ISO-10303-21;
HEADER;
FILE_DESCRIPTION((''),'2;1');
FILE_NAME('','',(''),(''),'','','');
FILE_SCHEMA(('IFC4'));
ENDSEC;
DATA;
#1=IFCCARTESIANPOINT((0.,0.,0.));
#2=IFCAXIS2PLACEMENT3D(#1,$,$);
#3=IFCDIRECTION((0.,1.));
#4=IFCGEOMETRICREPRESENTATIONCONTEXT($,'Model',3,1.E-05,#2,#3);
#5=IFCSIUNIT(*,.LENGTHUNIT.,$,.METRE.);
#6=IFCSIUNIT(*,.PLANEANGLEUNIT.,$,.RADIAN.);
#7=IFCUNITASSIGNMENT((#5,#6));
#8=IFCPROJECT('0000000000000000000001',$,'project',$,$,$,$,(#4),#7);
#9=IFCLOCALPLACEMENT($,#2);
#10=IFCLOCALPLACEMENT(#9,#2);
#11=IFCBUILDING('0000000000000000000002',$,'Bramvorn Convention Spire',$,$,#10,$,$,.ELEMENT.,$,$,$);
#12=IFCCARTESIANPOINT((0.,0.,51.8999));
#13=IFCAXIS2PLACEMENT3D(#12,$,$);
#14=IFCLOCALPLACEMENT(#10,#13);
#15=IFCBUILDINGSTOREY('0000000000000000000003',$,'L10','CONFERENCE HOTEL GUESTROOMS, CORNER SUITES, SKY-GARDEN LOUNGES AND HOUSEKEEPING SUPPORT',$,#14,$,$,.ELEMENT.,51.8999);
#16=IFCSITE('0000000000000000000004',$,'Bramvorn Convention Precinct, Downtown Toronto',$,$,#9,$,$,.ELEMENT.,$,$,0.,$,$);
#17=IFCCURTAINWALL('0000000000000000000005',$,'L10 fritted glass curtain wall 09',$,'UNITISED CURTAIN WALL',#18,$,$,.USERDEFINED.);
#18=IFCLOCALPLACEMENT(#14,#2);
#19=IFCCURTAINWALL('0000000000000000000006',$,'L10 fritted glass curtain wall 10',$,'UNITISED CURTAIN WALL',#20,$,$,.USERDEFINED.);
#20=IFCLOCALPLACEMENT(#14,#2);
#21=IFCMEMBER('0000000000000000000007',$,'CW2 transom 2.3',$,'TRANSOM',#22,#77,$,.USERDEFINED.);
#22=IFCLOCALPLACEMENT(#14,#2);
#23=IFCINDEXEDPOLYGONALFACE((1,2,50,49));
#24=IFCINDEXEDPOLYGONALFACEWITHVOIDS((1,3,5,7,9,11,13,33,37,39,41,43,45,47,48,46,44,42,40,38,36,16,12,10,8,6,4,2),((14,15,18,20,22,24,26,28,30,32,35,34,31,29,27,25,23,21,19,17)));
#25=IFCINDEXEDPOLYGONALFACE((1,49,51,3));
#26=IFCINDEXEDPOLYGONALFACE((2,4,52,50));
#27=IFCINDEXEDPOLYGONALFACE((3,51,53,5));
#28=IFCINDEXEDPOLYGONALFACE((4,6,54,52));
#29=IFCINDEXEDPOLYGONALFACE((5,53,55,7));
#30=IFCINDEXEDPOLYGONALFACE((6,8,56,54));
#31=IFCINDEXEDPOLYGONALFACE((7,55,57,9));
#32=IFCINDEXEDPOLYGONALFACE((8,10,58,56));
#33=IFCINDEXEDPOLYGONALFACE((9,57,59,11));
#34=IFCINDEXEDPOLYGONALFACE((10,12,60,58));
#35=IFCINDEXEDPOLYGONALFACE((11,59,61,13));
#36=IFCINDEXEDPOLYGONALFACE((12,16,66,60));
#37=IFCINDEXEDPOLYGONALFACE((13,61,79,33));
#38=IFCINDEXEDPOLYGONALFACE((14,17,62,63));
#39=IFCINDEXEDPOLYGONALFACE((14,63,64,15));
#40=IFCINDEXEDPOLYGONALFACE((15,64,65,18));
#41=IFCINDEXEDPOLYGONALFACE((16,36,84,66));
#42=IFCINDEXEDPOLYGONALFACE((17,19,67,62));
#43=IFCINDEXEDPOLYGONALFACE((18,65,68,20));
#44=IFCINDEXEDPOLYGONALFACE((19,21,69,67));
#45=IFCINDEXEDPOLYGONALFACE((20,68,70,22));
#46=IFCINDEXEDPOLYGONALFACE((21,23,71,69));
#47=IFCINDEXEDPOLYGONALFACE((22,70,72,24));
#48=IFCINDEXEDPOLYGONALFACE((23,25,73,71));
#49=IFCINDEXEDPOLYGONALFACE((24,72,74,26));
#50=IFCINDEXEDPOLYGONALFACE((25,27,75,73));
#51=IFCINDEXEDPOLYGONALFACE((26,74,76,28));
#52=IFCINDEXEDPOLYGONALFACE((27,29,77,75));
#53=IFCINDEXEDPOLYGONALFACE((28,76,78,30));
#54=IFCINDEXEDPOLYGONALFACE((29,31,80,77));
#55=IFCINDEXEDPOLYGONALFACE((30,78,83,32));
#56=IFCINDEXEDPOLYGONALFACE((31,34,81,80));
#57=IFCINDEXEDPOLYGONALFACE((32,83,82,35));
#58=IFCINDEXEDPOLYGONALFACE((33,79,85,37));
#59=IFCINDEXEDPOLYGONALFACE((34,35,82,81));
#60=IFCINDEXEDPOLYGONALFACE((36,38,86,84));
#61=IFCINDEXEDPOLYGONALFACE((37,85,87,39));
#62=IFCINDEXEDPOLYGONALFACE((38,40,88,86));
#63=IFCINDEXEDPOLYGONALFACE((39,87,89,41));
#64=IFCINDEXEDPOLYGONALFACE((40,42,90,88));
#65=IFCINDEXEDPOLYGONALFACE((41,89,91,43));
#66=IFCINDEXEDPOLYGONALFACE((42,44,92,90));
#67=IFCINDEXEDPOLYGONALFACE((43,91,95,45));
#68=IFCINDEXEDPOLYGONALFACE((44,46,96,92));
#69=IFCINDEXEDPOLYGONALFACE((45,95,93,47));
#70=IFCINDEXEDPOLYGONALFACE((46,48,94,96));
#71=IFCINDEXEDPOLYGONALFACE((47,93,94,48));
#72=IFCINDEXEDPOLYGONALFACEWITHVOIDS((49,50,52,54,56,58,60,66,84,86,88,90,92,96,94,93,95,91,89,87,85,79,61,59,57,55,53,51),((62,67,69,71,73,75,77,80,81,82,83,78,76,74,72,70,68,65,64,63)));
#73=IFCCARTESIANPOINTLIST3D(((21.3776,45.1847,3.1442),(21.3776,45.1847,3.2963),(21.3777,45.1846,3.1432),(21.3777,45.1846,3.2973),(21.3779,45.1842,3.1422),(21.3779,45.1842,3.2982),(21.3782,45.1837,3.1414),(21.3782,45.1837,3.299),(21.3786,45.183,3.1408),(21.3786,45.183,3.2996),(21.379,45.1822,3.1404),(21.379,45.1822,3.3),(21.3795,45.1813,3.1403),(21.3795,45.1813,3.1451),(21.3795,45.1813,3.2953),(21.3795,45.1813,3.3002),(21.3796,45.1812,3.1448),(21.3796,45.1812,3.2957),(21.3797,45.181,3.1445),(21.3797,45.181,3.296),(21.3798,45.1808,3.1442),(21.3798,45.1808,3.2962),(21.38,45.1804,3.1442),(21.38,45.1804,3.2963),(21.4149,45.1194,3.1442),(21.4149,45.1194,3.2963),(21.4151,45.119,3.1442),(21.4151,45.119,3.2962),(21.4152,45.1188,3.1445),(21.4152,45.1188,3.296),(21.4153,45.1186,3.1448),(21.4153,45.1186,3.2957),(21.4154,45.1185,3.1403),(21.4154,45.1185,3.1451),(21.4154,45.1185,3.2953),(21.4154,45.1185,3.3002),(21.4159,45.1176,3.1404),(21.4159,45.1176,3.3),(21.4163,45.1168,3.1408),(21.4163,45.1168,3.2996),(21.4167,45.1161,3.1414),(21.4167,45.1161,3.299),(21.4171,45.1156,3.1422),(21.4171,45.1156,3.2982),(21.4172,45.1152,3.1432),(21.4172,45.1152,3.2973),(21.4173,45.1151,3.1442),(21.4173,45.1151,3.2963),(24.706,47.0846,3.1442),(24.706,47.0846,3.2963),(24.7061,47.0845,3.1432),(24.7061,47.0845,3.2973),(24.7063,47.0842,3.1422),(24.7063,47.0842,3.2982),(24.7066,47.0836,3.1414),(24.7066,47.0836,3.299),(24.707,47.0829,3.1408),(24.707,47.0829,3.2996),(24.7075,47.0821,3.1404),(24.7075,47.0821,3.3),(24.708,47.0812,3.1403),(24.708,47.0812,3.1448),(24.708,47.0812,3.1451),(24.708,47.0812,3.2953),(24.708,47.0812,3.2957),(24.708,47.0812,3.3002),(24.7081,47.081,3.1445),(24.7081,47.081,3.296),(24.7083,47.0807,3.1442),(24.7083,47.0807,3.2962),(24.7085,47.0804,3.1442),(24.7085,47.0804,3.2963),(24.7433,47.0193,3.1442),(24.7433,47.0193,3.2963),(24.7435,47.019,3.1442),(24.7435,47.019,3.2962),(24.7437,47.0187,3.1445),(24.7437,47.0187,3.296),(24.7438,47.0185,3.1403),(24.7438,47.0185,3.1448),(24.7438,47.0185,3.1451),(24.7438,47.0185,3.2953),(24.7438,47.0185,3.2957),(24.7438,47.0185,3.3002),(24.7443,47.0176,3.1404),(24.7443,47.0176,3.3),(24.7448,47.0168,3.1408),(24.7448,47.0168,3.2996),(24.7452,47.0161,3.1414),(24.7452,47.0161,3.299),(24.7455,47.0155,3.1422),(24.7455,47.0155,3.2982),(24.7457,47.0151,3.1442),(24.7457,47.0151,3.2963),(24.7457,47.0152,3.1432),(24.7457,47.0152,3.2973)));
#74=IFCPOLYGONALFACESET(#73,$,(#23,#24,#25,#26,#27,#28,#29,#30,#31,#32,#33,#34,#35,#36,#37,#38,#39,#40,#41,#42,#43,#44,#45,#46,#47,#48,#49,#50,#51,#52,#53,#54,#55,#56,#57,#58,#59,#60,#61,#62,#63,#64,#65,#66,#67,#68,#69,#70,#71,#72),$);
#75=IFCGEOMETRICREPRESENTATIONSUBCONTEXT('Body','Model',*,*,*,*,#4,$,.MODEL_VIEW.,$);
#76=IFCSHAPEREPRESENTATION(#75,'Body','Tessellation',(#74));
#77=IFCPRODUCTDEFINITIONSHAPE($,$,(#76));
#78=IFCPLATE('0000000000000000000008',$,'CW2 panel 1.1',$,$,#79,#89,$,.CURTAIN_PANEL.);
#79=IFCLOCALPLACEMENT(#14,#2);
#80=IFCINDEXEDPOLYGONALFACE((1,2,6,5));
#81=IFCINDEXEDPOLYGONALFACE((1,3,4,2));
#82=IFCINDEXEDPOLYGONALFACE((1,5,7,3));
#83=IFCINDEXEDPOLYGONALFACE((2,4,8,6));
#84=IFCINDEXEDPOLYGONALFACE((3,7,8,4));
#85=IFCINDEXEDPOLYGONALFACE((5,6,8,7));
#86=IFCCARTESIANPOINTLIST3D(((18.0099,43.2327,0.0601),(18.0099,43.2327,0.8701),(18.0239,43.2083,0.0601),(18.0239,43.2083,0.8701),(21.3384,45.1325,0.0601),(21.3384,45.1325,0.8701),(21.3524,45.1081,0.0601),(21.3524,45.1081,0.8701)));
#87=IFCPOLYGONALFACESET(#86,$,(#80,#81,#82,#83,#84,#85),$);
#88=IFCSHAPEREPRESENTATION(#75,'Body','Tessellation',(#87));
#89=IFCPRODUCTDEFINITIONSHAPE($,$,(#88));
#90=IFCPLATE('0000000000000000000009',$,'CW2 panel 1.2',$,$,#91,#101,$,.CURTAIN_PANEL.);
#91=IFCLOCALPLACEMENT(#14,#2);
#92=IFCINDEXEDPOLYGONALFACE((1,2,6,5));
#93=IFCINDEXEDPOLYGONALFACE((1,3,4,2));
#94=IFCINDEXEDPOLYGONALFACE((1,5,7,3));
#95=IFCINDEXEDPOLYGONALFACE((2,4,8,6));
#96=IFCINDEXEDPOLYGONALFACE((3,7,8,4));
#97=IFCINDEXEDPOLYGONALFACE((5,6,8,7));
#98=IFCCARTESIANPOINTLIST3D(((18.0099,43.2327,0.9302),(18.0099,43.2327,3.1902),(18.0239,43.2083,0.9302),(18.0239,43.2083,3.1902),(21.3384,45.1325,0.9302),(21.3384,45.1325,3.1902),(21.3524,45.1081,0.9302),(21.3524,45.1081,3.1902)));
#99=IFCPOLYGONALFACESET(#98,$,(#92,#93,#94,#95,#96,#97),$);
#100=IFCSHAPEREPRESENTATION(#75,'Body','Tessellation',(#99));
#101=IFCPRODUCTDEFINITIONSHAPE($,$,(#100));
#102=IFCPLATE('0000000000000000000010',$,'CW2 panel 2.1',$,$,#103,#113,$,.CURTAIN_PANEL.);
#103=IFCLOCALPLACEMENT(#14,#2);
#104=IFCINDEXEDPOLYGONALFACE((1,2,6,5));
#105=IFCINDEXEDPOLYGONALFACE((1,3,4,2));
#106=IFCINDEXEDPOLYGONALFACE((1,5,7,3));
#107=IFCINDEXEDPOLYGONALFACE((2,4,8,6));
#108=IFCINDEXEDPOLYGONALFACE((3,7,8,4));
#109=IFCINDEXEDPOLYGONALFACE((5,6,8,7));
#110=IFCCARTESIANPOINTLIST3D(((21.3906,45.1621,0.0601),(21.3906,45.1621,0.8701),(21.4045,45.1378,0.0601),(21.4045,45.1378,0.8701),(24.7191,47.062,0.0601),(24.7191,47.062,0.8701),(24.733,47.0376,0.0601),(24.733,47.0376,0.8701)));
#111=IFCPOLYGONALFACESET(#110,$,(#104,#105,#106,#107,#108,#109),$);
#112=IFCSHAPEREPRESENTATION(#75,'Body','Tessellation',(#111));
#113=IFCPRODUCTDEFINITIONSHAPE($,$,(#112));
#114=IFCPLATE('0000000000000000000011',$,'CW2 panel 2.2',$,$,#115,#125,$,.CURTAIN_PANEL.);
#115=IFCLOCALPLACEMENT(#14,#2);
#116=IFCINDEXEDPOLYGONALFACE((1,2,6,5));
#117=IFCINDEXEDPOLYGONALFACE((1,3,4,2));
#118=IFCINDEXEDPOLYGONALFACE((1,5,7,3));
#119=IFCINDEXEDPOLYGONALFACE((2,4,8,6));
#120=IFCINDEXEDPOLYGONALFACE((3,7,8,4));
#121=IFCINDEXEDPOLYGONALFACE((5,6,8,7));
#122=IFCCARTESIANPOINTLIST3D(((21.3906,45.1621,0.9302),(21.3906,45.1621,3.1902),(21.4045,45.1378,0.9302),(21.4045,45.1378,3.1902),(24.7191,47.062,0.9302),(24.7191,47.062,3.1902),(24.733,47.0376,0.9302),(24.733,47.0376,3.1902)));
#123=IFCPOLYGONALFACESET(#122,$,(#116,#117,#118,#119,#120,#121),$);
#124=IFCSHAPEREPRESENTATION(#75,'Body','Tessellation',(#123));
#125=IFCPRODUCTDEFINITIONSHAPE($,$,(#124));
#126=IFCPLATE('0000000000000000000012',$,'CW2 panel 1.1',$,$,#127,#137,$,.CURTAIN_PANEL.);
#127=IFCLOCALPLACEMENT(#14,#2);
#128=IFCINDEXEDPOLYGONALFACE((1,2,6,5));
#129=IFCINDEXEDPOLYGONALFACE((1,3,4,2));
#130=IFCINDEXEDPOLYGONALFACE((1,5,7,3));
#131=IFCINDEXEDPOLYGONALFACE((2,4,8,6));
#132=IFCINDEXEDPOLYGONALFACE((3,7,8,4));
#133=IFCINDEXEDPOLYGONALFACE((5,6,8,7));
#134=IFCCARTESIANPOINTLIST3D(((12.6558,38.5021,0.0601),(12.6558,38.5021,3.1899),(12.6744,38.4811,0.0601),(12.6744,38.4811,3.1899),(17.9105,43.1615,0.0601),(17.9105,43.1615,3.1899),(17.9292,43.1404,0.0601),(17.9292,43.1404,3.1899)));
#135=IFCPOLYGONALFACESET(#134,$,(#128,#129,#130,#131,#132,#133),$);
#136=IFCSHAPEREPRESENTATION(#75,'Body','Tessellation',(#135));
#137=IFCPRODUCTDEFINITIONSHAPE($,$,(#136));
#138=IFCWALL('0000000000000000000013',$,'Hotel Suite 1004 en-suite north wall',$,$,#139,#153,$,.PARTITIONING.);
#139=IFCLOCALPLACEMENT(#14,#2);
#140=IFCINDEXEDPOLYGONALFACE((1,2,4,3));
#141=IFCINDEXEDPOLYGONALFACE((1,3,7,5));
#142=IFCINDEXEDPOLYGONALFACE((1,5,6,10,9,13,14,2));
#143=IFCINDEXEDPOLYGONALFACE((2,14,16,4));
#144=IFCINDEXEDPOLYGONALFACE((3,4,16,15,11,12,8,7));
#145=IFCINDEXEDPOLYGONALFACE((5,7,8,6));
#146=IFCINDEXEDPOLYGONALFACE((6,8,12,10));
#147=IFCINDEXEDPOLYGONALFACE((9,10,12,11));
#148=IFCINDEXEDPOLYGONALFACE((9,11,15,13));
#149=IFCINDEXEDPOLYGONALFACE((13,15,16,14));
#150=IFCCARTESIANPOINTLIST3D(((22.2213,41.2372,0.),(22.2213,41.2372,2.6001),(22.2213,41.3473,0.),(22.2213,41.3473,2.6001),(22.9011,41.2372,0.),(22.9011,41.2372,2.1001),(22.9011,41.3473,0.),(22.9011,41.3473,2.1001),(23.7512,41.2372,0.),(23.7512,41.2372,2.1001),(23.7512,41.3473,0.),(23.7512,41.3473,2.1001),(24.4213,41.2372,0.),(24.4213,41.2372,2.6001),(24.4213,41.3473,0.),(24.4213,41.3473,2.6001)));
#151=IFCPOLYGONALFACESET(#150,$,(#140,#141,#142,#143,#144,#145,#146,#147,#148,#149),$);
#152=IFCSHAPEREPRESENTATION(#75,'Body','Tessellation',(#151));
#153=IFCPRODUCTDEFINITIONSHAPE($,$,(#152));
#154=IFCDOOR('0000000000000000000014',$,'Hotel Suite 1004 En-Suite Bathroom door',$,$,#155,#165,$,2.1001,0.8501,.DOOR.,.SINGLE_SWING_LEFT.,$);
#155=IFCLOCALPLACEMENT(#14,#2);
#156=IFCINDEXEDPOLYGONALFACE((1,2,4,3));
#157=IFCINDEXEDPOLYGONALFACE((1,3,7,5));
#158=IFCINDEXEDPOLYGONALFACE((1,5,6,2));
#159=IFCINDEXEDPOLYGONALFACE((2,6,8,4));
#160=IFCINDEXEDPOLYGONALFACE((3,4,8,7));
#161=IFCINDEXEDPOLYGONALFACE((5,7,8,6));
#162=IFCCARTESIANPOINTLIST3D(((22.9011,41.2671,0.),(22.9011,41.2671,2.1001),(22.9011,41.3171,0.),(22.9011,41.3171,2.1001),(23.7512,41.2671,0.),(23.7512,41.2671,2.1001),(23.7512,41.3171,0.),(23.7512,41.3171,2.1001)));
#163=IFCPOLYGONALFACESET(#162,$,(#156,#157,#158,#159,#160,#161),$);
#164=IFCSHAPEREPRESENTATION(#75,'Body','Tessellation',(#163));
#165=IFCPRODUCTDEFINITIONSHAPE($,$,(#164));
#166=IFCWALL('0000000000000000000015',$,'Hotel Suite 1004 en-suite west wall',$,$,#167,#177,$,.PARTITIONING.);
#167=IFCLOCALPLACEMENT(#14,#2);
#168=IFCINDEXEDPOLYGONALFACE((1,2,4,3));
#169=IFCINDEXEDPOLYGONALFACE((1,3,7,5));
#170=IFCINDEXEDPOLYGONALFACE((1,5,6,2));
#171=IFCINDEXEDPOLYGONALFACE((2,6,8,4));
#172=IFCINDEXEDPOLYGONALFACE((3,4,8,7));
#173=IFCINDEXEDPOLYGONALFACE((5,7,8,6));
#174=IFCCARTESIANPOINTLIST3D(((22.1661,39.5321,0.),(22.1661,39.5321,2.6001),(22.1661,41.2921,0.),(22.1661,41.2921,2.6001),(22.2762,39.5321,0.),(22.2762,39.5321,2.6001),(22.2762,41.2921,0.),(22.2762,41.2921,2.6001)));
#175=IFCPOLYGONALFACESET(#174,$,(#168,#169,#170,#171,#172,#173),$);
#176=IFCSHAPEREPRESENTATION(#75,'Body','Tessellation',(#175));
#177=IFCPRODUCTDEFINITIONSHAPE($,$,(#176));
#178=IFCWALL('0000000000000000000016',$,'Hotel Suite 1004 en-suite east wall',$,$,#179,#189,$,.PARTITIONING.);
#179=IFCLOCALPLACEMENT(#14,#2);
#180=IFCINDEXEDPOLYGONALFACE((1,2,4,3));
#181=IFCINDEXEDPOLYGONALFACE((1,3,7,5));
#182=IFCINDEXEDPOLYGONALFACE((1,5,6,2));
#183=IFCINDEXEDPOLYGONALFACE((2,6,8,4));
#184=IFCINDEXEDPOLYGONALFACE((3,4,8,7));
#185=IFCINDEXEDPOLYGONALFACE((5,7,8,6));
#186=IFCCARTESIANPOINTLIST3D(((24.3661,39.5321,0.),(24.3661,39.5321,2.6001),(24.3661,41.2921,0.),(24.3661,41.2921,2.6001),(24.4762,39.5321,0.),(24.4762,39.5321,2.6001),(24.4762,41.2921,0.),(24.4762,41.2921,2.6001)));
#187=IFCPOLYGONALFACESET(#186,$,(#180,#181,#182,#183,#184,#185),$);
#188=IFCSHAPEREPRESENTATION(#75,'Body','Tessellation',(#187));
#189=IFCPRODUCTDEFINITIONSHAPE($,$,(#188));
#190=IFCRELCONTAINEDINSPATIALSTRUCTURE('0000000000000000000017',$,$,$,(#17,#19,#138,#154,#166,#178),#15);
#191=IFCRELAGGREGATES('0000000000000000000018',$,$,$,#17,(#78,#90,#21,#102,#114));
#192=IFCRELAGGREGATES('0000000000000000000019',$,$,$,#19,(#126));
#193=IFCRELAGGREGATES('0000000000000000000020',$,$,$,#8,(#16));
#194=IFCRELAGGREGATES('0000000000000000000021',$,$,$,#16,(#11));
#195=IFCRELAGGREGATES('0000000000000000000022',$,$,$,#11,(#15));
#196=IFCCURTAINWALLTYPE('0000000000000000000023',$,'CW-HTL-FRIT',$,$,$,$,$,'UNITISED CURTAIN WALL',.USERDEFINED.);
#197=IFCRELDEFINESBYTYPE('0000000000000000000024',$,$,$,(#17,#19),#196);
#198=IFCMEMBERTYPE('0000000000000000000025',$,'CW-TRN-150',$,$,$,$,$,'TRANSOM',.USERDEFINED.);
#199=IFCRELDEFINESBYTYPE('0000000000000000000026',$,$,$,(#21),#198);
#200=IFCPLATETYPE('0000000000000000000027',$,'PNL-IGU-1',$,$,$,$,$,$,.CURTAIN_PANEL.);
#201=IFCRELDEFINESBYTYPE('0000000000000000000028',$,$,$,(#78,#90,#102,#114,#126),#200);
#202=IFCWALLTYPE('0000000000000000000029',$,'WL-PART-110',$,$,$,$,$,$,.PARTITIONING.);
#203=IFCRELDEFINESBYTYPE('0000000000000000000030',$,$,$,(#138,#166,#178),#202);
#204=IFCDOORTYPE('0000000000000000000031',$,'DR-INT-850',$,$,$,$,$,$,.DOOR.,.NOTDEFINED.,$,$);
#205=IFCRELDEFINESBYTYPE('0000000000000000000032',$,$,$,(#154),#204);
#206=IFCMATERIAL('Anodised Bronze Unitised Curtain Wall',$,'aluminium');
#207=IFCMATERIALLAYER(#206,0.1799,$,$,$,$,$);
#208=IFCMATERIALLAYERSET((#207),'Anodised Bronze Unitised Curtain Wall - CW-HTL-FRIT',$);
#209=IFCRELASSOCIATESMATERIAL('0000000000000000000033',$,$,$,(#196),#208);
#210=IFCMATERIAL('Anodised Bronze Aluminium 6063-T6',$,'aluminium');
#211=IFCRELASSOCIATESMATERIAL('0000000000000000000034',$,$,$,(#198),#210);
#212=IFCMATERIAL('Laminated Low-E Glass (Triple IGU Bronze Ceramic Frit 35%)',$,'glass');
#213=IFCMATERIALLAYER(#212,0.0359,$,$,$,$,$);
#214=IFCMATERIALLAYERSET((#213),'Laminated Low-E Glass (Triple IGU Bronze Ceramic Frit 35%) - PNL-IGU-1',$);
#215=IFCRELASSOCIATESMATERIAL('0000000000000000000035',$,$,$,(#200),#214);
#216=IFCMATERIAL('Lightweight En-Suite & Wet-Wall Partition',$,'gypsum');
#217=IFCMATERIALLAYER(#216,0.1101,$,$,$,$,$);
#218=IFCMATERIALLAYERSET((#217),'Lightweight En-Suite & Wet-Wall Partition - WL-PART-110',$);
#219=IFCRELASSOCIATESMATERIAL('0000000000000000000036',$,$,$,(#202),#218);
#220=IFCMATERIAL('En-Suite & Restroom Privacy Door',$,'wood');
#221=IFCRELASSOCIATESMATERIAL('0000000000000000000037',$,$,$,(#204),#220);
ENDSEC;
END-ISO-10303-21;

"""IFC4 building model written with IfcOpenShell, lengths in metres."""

from ifc_helpers import new_model, si_unit, direction, frame, frame_2d, origin, origin_2d, place, context, subcontext, project, spatial, rectangle, hollow_rectangle, extrude, material, layer, layer_set, material_profile, profile_set, type_object, element, fill, aggregate, save


model = new_model("IFC4")

# Units and contexts
model_context = context("Model", 3, precision=1e-05, world=origin(), true_north=direction((0.0, 1.0)))
body_context = subcontext(model_context, "Body", "Model", "MODEL_VIEW")
ifc_project = project(units=[si_unit("LENGTHUNIT", "METRE"), si_unit("PLANEANGLEUNIT", "RADIAN")], contexts=[model_context])

# Site, building, storey
site_placement = place(None, origin())
site = spatial("IfcSite", under=ifc_project, at=site_placement, Name="Bramvorn Convention Precinct, Downtown Toronto", CompositionType="ELEMENT", RefElevation=0.0)
building_placement = place(site_placement, origin())
building = spatial("IfcBuilding", under=site, at=building_placement, Name="Bramvorn Convention Spire", CompositionType="ELEMENT")
storey_placement = place(building_placement, frame((0.0, 0.0, 51.8999)))
storey = spatial("IfcBuildingStorey", under=building, at=storey_placement, Name="L10", Description="CONFERENCE HOTEL GUESTROOMS, CORNER SUITES, SKY-GARDEN LOUNGES AND HOUSEKEEPING SUPPORT", CompositionType="ELEMENT", Elevation=51.8999)

# Curtain wall
ifc_material_1 = material(Name="Anodised Bronze Unitised Curtain Wall", Category="aluminium")
ifc_layer_1 = layer(ifc_material_1, 0.1799)
ifc_layer_set_1 = layer_set([ifc_layer_1], Name="Anodised Bronze Unitised Curtain Wall - CW-HTL-FRIT")
curtain_wall_type = type_object("IfcCurtainWallType", Name="CW-HTL-FRIT", ElementType="UNITISED CURTAIN WALL", PredefinedType="USERDEFINED", material=ifc_layer_set_1)
curtain_wall_1_placement = place(storey_placement, origin())
curtain_wall_1 = element("IfcCurtainWall", 1, at=curtain_wall_1_placement, inside=storey, type_object=curtain_wall_type, Name="L10 fritted glass curtain wall 09", ObjectType="UNITISED CURTAIN WALL", PredefinedType="USERDEFINED")
ifc_material_2 = material(Name="Anodised Bronze Aluminium 6063-T6", Category="aluminium")

# Curtain wall
curtain_wall_2_placement = place(storey_placement, origin())
curtain_wall_2 = element("IfcCurtainWall", 2, at=curtain_wall_2_placement, inside=storey, type_object=curtain_wall_type, Name="L10 fritted glass curtain wall 10", ObjectType="UNITISED CURTAIN WALL", PredefinedType="USERDEFINED")

# Member
ifc_material_profile_1 = material_profile(ifc_material_2, hollow_rectangle(XDim=0.0801, YDim=0.1599, WallThickness=0.0039, InnerFilletRadius=0.001, OuterFilletRadius=0.0039, at=origin_2d()))
ifc_profile_set_1 = profile_set([ifc_material_profile_1], Name="Anodised Bronze Aluminium 6063-T6 - CWT80X160")
member_type_1 = type_object("IfcMemberType", Name="CW-TRN-150", ElementType="TRANSOM", PredefinedType="USERDEFINED", material=ifc_profile_set_1)
member_1_placement = place(storey_placement, frame((21.3975, 45.1499, 3.2202), z_axis=(0.86847, 0.495741, 0.0), x_axis=(-0.495741, 0.86847, 0.0)))
member_1 = element("IfcMember", 3, at=member_1_placement, type_object=member_type_1, Name="CW2 transom 2.3", ObjectType="TRANSOM", PredefinedType="USERDEFINED", context=body_context, shape_type="SweptSolid", body=[
    extrude(hollow_rectangle(XDim=0.0801, YDim=0.1599, WallThickness=0.0039, InnerFilletRadius=0.001, OuterFilletRadius=0.0039, at=origin_2d()), origin(), (0.0, 0.0, 1.0), 3.8325),
])

# Plates
ifc_material_3 = material(Name="Laminated Low-E Glass (Triple IGU Bronze Ceramic Frit 35%)", Category="glass")
ifc_layer_2 = layer(ifc_material_3, 0.0359)
ifc_layer_set_2 = layer_set([ifc_layer_2], Name="Laminated Low-E Glass (Triple IGU Bronze Ceramic Frit 35%) - PNL-IGU-1")
plate_type = type_object("IfcPlateType", Name="PNL-IGU-1", PredefinedType="CURTAIN_PANEL", material=ifc_layer_set_2)
plate_1_placement = place(storey_placement, frame((19.6812, 44.1704, 0.0601), z_axis=(0.0, 0.0, 1.0), x_axis=(0.868488, 0.495711, 0.0)))
plate_1 = element("IfcPlate", 4, at=plate_1_placement, type_object=plate_type, Name="CW2 panel 1.1", PredefinedType="CURTAIN_PANEL", context=body_context, shape_type="SweptSolid", body=[
    extrude(rectangle(XDim=3.8325, YDim=0.0281, at=origin_2d()), origin(), (0.0, 0.0, 1.0), 0.8101),
])
plate_2_placement = place(storey_placement, frame((19.6812, 44.1704, 0.9302), z_axis=(0.0, 0.0, 1.0), x_axis=(0.868488, 0.495711, 0.0)))
plate_2 = element("IfcPlate", 5, at=plate_2_placement, type_object=plate_type, Name="CW2 panel 1.2", PredefinedType="CURTAIN_PANEL", context=body_context, shape_type="SweptSolid", body=[
    extrude(rectangle(XDim=3.8325, YDim=0.0281, at=origin_2d()), origin(), (0.0, 0.0, 1.0), 2.26),
])
plate_3_placement = place(storey_placement, frame((23.0618, 46.0999, 0.0601), z_axis=(0.0, 0.0, 1.0), x_axis=(0.868488, 0.495711, 0.0)))
plate_3 = element("IfcPlate", 6, at=plate_3_placement, type_object=plate_type, Name="CW2 panel 2.1", PredefinedType="CURTAIN_PANEL", context=body_context, shape_type="SweptSolid", body=[
    extrude(rectangle(XDim=3.8325, YDim=0.0281, at=origin_2d()), origin(), (0.0, 0.0, 1.0), 0.8101),
])
plate_4_placement = place(storey_placement, frame((23.0618, 46.0999, 0.9302), z_axis=(0.0, 0.0, 1.0), x_axis=(0.868488, 0.495711, 0.0)))
plate_4 = element("IfcPlate", 7, at=plate_4_placement, type_object=plate_type, Name="CW2 panel 2.2", PredefinedType="CURTAIN_PANEL", context=body_context, shape_type="SweptSolid", body=[
    extrude(rectangle(XDim=3.8325, YDim=0.0281, at=origin_2d()), origin(), (0.0, 0.0, 1.0), 2.26),
])
aggregate(curtain_wall_1, [plate_1, plate_2, member_1, plate_3, plate_4])
plate_5_placement = place(storey_placement, frame((15.2925, 40.8213, 0.0601), z_axis=(0.0, 0.0, 1.0), x_axis=(0.748227, 0.663443, 0.0)))
plate_5 = element("IfcPlate", 8, at=plate_5_placement, type_object=plate_type, Name="CW2 panel 1.1", PredefinedType="CURTAIN_PANEL", context=body_context, shape_type="SweptSolid", body=[
    extrude(rectangle(XDim=7.0229, YDim=0.0281, at=origin_2d()), origin(), (0.0, 0.0, 1.0), 3.1299),
])
aggregate(curtain_wall_2, [plate_5])

# Wall, opening, door
ifc_material_4 = material(Name="Lightweight En-Suite & Wet-Wall Partition", Category="gypsum")
ifc_layer_3 = layer(ifc_material_4, 0.1101)
ifc_layer_set_3 = layer_set([ifc_layer_3], Name="Lightweight En-Suite & Wet-Wall Partition - WL-PART-110")
wall_type = type_object("IfcWallType", Name="WL-PART-110", PredefinedType="PARTITIONING", material=ifc_layer_set_3)
wall_placement = place(storey_placement, frame((22.2212, 41.2922, 0.0), z_axis=(0.0, 0.0, 1.0), x_axis=(1.0, 0.0, 0.0)))
wall = element("IfcWall", 9, at=wall_placement, inside=storey, type_object=wall_type, Name="Hotel Suite 1004 en-suite north wall", PredefinedType="PARTITIONING", context=body_context, shape_type="SweptSolid", body=[
    extrude(rectangle(XDim=2.2, YDim=0.1101, at=frame_2d((1.1001, 0.0))), origin(), (0.0, 0.0, 1.0), 2.6001),
])
opening_placement = place(wall_placement, frame((0.6799, 0.0, 0.0)))
opening = element("IfcOpeningElement", 10, at=opening_placement, cuts=wall, PredefinedType="OPENING", context=body_context, shape_type="SweptSolid", body=[
    extrude(rectangle(XDim=0.8501, YDim=2.1001, at=frame_2d((0.425, 1.05))), frame((0.0, 0.0649, 0.0), z_axis=(0.0, -1.0, 0.0), x_axis=(1.0, 0.0, 0.0)), (0.0, 0.0, 1.0), 0.1301),
])
ifc_material_5 = material(Name="En-Suite & Restroom Privacy Door", Category="wood")
door_type = type_object("IfcDoorType", Name="DR-INT-850", OperationType="NOTDEFINED", PredefinedType="DOOR", material=ifc_material_5)
door_placement = place(opening_placement, origin())
door = element("IfcDoor", 11, at=door_placement, inside=storey, type_object=door_type, Name="Hotel Suite 1004 En-Suite Bathroom door", OperationType="SINGLE_SWING_LEFT", OverallHeight=2.1001, OverallWidth=0.8501, PredefinedType="DOOR", context=body_context, shape_type="SweptSolid", body=[
    extrude(rectangle(XDim=0.8501, YDim=2.1001, at=frame_2d((0.425, 1.05))), frame((0.0, 0.0249, 0.0), z_axis=(0.0, -1.0, 0.0), x_axis=(1.0, 0.0, 0.0)), (0.0, 0.0, 1.0), 0.05),
])
fill(opening, door)

# Walls
for number, where, z_axis, x_axis, name in (
    (12, (22.2212, 39.5322, 0.0), (0.0, 0.0, 1.0), (0.0, 1.0, 0.0), "Hotel Suite 1004 en-suite west wall"),
    (13, (24.4211, 39.5322, 0.0), (0.0, 0.0, 1.0), (0.0, 1.0, 0.0), "Hotel Suite 1004 en-suite east wall"),
):
    element("IfcWall", number, at=place(storey_placement, frame(where, z_axis=z_axis, x_axis=x_axis)), inside=storey, type_object=wall_type, Name=name, PredefinedType="PARTITIONING", context=body_context, shape_type="SweptSolid", body=[
        extrude(rectangle(XDim=1.76, YDim=0.1101, at=frame_2d((0.8799, 0.0))), origin(), (0.0, 0.0, 1.0), 2.6001),
    ])

save(model, "model.ifc")
